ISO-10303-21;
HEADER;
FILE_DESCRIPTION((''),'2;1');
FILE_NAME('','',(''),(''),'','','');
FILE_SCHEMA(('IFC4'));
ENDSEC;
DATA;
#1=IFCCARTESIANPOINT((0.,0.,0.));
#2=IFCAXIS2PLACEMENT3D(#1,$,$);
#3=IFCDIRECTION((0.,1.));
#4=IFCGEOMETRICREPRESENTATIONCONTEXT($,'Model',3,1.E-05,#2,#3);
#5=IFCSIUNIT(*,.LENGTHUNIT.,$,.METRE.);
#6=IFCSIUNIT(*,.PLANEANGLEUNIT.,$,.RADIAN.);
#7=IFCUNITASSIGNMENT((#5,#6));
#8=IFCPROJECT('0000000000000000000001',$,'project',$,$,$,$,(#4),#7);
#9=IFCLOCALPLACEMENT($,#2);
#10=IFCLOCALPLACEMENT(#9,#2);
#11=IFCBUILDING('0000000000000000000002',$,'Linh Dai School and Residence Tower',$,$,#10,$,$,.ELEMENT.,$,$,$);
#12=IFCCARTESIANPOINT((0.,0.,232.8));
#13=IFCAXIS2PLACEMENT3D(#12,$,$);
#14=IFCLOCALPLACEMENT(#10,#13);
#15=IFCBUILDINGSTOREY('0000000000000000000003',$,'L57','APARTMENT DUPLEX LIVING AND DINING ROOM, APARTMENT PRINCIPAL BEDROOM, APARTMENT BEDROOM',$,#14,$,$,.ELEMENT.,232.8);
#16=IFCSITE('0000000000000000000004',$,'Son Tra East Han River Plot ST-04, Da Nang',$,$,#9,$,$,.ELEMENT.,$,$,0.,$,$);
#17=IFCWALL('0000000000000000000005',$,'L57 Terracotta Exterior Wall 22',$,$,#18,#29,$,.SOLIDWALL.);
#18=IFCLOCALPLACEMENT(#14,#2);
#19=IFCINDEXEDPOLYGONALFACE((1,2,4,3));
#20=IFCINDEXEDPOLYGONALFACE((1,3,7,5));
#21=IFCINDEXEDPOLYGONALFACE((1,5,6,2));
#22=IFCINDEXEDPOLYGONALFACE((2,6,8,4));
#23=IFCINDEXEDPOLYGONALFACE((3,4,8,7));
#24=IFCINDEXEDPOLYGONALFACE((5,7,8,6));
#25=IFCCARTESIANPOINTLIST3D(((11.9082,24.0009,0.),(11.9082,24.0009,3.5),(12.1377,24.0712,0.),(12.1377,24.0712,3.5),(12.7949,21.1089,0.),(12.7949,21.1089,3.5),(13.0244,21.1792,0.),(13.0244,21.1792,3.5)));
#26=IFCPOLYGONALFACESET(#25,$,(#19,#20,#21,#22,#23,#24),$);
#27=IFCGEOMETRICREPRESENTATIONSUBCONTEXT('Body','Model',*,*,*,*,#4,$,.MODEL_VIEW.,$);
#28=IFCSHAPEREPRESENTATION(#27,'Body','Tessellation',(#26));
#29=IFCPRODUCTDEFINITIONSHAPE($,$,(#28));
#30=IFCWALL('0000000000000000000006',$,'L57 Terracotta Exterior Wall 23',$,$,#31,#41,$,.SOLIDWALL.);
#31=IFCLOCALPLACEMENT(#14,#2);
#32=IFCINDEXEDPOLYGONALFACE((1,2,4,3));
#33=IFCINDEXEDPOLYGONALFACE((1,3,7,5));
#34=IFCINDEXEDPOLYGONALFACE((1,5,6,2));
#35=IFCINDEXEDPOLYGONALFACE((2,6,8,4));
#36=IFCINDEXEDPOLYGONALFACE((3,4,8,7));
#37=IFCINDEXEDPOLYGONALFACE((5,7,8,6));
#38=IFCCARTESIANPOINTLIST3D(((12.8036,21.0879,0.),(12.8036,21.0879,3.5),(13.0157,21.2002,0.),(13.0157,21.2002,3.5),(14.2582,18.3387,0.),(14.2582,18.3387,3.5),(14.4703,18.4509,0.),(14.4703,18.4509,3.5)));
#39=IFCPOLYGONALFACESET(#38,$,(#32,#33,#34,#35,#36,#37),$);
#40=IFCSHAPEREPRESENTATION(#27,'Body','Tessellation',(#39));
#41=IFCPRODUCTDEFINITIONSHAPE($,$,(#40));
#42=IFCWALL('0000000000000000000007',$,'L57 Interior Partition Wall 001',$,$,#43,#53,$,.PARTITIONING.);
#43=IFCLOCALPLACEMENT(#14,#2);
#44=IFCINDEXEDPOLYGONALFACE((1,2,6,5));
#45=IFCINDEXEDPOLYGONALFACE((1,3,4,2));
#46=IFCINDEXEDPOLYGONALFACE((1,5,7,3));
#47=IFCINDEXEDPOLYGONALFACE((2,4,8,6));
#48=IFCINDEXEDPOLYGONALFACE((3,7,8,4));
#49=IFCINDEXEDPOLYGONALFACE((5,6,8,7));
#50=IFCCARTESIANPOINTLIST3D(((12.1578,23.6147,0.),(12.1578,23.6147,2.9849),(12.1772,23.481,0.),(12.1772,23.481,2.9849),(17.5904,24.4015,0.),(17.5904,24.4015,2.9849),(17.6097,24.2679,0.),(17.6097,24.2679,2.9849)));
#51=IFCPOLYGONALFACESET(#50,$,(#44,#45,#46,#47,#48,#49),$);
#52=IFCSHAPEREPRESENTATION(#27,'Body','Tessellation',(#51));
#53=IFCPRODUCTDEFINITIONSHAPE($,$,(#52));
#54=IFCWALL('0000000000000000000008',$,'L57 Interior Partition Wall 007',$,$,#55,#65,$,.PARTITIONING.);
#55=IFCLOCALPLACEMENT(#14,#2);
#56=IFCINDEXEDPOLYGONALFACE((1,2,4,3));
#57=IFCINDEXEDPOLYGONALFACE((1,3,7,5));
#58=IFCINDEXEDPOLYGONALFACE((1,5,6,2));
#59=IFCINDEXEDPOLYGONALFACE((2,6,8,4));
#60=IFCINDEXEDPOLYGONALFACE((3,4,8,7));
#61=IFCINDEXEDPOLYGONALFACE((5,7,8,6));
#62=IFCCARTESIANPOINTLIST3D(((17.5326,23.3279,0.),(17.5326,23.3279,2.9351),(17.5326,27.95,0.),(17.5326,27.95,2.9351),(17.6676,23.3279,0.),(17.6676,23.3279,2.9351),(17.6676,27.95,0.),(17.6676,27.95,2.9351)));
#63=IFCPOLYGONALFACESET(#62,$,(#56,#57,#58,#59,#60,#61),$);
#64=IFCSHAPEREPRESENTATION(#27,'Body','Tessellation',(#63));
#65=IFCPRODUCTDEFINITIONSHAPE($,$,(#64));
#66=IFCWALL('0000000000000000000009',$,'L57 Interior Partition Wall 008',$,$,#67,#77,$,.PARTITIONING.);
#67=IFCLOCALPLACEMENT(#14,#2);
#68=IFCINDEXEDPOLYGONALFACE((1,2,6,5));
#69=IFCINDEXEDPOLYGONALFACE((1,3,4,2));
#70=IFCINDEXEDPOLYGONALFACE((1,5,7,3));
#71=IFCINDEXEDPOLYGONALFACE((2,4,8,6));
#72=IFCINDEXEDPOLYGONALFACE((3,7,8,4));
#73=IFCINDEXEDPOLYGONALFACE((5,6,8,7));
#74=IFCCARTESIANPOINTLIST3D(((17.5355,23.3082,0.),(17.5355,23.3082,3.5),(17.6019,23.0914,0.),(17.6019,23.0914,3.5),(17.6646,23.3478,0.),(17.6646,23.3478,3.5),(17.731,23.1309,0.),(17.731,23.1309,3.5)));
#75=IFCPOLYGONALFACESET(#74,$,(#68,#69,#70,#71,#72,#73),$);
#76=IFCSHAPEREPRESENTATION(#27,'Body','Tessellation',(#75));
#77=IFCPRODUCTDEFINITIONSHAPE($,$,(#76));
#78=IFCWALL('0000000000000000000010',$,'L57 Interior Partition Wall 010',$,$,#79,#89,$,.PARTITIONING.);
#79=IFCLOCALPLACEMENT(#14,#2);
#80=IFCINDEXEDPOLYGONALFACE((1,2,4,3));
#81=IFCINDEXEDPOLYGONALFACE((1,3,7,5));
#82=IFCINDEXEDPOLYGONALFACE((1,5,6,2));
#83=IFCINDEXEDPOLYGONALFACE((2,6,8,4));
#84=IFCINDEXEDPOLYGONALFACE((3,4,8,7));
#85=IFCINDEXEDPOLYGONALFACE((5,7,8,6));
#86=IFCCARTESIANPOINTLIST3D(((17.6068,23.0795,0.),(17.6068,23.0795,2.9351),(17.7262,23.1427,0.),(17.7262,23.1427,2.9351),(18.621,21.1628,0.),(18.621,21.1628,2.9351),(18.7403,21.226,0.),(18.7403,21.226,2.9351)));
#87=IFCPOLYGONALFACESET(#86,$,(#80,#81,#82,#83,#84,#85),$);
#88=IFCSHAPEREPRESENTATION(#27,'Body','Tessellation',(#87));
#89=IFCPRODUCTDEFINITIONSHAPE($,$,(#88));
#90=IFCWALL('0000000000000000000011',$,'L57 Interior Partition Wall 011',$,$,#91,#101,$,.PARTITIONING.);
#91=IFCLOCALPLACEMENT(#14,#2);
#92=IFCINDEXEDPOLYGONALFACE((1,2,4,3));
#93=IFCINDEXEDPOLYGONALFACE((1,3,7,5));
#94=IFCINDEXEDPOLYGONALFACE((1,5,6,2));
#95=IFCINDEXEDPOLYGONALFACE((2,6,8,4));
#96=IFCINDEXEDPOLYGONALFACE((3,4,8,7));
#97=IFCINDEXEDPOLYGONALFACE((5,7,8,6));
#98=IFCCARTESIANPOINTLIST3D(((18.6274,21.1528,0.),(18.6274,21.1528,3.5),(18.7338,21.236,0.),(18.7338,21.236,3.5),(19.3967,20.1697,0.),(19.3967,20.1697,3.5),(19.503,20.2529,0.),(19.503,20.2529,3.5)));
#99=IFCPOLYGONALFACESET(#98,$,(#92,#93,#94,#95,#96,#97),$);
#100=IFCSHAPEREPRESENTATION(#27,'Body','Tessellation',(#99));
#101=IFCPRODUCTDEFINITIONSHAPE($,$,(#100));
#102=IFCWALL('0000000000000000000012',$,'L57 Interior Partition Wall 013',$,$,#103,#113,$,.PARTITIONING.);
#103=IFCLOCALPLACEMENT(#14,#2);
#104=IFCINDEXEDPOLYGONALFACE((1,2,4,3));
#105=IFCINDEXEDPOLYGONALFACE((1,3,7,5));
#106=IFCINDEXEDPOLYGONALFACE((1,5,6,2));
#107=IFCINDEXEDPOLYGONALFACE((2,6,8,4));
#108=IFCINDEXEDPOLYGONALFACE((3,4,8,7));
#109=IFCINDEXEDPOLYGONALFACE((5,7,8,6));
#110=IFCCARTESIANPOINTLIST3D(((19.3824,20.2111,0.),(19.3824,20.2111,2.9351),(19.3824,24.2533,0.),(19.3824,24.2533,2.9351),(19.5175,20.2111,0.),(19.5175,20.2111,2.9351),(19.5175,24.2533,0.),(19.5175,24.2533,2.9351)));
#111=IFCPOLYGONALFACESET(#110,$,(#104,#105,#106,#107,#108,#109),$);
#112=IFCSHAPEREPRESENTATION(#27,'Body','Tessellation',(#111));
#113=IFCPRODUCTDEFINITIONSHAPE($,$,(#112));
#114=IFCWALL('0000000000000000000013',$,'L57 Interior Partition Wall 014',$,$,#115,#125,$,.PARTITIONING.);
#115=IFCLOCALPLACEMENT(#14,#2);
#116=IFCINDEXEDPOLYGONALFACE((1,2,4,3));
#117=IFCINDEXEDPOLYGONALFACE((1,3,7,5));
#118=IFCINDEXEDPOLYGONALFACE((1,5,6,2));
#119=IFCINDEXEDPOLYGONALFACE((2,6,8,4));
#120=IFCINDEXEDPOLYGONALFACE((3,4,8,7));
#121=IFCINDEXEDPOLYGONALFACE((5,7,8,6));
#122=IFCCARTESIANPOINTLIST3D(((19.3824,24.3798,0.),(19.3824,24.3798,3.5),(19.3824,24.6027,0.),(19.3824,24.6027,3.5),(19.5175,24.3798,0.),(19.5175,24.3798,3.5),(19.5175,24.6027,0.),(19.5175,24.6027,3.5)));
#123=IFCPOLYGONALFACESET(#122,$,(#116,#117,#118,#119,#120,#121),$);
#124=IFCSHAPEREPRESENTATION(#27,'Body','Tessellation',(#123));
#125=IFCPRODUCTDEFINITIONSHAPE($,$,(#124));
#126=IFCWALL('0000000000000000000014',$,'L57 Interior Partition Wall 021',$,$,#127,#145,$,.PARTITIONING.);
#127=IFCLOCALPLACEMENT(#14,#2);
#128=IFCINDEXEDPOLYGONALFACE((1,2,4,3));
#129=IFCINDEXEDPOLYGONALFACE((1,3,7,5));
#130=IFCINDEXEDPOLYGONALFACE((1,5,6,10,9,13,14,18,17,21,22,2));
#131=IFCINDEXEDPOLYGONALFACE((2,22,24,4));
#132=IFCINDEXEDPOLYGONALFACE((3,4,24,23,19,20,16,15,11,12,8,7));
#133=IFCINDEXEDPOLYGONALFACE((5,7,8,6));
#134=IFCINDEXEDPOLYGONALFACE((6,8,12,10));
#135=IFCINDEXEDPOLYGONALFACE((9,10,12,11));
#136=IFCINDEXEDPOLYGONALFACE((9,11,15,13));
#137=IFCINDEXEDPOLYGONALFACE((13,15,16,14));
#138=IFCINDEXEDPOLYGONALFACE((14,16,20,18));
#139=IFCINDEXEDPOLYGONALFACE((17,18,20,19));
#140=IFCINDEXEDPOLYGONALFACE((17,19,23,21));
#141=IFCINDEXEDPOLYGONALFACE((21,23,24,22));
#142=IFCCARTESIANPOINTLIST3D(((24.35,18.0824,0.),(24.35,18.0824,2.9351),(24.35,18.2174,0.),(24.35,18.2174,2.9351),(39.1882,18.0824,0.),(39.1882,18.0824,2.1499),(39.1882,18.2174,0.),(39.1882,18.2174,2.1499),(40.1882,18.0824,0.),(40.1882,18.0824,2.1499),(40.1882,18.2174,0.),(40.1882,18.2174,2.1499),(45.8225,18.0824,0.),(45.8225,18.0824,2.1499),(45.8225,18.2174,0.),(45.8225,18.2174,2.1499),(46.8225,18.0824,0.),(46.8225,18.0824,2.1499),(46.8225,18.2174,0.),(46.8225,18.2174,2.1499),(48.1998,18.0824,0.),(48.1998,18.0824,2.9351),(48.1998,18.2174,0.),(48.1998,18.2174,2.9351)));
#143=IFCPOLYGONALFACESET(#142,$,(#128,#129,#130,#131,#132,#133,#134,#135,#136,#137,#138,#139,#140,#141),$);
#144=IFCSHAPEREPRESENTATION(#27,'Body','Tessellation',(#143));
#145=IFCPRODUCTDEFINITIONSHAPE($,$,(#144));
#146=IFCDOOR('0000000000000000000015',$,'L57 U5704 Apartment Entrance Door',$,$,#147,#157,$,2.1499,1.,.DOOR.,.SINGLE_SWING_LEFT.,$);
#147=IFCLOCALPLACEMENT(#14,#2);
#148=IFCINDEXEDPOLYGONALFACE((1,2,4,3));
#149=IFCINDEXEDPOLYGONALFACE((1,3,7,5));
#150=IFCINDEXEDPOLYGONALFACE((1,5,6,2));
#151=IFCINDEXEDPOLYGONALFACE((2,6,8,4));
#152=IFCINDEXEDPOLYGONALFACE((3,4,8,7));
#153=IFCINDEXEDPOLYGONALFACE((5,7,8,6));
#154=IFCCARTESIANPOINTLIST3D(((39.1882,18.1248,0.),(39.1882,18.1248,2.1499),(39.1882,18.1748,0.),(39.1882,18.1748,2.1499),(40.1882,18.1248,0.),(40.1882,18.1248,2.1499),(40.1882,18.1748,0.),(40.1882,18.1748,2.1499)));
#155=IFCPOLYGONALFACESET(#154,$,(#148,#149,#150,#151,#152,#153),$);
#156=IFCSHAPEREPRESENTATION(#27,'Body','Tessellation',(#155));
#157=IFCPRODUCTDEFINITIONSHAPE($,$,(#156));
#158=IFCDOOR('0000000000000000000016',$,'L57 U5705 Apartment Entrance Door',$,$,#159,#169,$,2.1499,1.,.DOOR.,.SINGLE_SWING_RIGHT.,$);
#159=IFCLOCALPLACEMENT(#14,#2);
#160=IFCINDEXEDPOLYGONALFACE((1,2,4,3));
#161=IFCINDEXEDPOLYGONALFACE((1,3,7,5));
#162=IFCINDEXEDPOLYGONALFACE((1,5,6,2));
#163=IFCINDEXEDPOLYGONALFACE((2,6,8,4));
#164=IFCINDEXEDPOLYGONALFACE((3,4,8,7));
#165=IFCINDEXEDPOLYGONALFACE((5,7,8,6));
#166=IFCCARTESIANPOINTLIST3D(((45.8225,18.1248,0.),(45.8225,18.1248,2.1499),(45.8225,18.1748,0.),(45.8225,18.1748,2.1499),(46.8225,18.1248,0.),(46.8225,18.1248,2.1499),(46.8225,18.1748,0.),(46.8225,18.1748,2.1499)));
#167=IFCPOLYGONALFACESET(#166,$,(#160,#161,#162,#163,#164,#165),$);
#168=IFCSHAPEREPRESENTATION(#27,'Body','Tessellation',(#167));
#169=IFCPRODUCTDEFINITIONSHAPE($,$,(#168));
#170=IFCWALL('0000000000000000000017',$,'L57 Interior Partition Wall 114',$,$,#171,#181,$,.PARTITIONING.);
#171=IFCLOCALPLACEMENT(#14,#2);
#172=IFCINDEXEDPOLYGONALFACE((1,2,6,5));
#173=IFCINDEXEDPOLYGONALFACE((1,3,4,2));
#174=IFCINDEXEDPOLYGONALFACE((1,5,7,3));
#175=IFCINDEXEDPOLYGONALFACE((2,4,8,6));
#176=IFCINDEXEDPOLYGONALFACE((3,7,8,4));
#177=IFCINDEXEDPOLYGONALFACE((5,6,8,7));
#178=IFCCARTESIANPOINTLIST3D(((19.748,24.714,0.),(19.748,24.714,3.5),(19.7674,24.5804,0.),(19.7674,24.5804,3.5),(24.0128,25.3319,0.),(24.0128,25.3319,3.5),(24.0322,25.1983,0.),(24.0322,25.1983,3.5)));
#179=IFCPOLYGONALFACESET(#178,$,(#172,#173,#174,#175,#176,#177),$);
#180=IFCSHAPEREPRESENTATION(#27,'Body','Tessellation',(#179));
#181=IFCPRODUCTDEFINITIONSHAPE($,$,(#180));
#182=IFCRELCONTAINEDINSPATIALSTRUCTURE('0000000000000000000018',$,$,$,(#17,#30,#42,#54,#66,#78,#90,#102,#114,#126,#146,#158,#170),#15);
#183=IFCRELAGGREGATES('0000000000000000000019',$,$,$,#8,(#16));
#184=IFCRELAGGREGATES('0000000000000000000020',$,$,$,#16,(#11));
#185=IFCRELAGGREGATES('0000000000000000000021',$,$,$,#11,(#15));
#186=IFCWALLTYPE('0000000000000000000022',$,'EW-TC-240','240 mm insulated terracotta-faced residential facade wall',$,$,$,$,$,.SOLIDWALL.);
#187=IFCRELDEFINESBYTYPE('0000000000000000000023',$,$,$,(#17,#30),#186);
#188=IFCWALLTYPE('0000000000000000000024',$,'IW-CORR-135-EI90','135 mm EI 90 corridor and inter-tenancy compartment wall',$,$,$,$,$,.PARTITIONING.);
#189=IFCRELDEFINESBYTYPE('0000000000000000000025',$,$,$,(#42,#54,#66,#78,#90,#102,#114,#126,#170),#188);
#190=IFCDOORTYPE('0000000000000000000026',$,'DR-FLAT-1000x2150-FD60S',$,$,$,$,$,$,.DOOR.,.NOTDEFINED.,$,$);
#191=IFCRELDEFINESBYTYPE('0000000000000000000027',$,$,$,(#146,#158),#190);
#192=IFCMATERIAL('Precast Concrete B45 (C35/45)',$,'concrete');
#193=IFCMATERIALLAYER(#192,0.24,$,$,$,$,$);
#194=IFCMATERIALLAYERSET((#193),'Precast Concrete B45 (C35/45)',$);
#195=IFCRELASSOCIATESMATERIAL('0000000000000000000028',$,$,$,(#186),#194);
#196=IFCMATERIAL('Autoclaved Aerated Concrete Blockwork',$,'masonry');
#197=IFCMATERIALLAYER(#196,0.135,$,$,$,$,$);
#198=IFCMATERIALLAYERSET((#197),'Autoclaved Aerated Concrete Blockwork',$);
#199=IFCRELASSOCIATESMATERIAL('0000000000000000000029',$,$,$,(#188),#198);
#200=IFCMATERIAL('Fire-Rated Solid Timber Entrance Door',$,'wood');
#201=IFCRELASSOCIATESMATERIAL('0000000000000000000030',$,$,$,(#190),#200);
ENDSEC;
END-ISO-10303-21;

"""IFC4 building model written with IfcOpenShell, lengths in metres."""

from ifc_helpers import new_model, si_unit, direction, frame, frame_2d, origin, origin_2d, place, context, subcontext, project, spatial, rectangle, extrude, source, transform, mapped, material, layer, layer_set, type_object, element, fill, save


model = new_model("IFC4")

# Units and contexts
model_context = context("Model", 3, precision=1e-05, world=origin(), true_north=direction((0.0, 1.0)))
body_context = subcontext(model_context, "Body", "Model", "MODEL_VIEW")
ifc_project = project(units=[si_unit("LENGTHUNIT", "METRE"), si_unit("PLANEANGLEUNIT", "RADIAN")], contexts=[model_context])

# Site, building, storey
site_placement = place(None, origin())
site = spatial("IfcSite", under=ifc_project, at=site_placement, Name="Son Tra East Han River Plot ST-04, Da Nang", CompositionType="ELEMENT", RefElevation=0.0)
building_placement = place(site_placement, origin())
building = spatial("IfcBuilding", under=site, at=building_placement, Name="Linh Dai School and Residence Tower", CompositionType="ELEMENT")
storey_placement = place(building_placement, frame((0.0, 0.0, 232.8)))
storey = spatial("IfcBuildingStorey", under=building, at=storey_placement, Name="L57", Description="APARTMENT DUPLEX LIVING AND DINING ROOM, APARTMENT PRINCIPAL BEDROOM, APARTMENT BEDROOM", CompositionType="ELEMENT", Elevation=232.8)

# Shared definitions
ifc_material_1 = material(Name="Precast Concrete B45 (C35/45)", Category="concrete")

# Walls
ifc_layer_1 = layer(ifc_material_1, 0.24)
ifc_layer_set_1 = layer_set([ifc_layer_1], Name="Precast Concrete B45 (C35/45)")
wall_type_1 = type_object("IfcWallType", Name="EW-TC-240", Description="240 mm insulated terracotta-faced residential facade wall", PredefinedType="SOLIDWALL", material=ifc_layer_set_1)
wall_1_placement = place(storey_placement, frame((12.9097, 21.144, 0.0), z_axis=(0.0, 0.0, 1.0), x_axis=(-0.293133, 0.956072, 0.0)))
element("IfcWall", 1, at=wall_1_placement, inside=storey, type_object=wall_type_1, Name="L57 Terracotta Exterior Wall 22", PredefinedType="SOLIDWALL", context=body_context, shape_type="SweptSolid", body=[
    extrude(rectangle(XDim=3.0249, YDim=0.24, at=frame_2d((1.5125, 0.0))), origin(), (0.0, 0.0, 1.0), 3.5),
])
wall_2_placement = place(storey_placement, frame((14.3643, 18.3948, 0.0), z_axis=(0.0, 0.0, 1.0), x_axis=(-0.46766, 0.883908, 0.0)))
element("IfcWall", 2, at=wall_2_placement, inside=storey, type_object=wall_type_1, Name="L57 Terracotta Exterior Wall 23", PredefinedType="SOLIDWALL", context=body_context, shape_type="SweptSolid", body=[
    extrude(rectangle(XDim=3.1104, YDim=0.24, at=frame_2d((1.5552, 0.0))), origin(), (0.0, 0.0, 1.0), 3.5),
])
ifc_material_2 = material(Name="Autoclaved Aerated Concrete Blockwork", Category="masonry")
ifc_layer_2 = layer(ifc_material_2, 0.135)
ifc_layer_set_2 = layer_set([ifc_layer_2], Name="Autoclaved Aerated Concrete Blockwork")
wall_type_2 = type_object("IfcWallType", Name="IW-CORR-135-EI90", Description="135 mm EI 90 corridor and inter-tenancy compartment wall", PredefinedType="PARTITIONING", material=ifc_layer_set_2)
wall_3_placement = place(storey_placement, frame((12.1675, 23.5479, 0.0), z_axis=(0.0, 0.0, 1.0), x_axis=(0.989673, 0.143345, 0.0)))
element("IfcWall", 3, at=wall_3_placement, inside=storey, type_object=wall_type_2, Name="L57 Interior Partition Wall 001", PredefinedType="PARTITIONING", context=body_context, shape_type="SweptSolid", body=[
    extrude(rectangle(XDim=5.4893, YDim=0.135, at=frame_2d((2.7446, 0.0))), origin(), (0.0, 0.0, 1.0), 2.9849),
])
wall_4_placement = place(storey_placement, frame((17.6001, 23.3279, 0.0), z_axis=(0.0, 0.0, 1.0), x_axis=(0.0, 1.0, 0.0)))
element("IfcWall", 4, at=wall_4_placement, inside=storey, type_object=wall_type_2, Name="L57 Interior Partition Wall 007", PredefinedType="PARTITIONING", context=body_context, shape_type="SweptSolid", body=[
    extrude(rectangle(XDim=4.6221, YDim=0.135, at=frame_2d((2.311, 0.0))), origin(), (0.0, 0.0, 1.0), 2.9351),
])
wall_5_placement = place(storey_placement, frame((17.6001, 23.3279, 0.0), z_axis=(0.0, 0.0, 1.0), x_axis=(0.292875, -0.956151, 0.0)))
element("IfcWall", 5, at=wall_5_placement, inside=storey, type_object=wall_type_2, Name="L57 Interior Partition Wall 008", PredefinedType="PARTITIONING", context=body_context, shape_type="SweptSolid", body=[
    extrude(rectangle(XDim=0.2268, YDim=0.135, at=frame_2d((0.1133, 0.0))), origin(), (0.0, 0.0, 1.0), 3.5),
])
wall_6_placement = place(storey_placement, frame((17.6665, 23.1111, 0.0), z_axis=(0.0, 0.0, 1.0), x_axis=(0.467676, -0.8839, 0.0)))
element("IfcWall", 6, at=wall_6_placement, inside=storey, type_object=wall_type_2, Name="L57 Interior Partition Wall 010", PredefinedType="PARTITIONING", context=body_context, shape_type="SweptSolid", body=[
    extrude(rectangle(XDim=2.1685, YDim=0.135, at=frame_2d((1.0842, 0.0))), origin(), (0.0, 0.0, 1.0), 2.9351),
])
wall_7_placement = place(storey_placement, frame((18.6807, 21.1943, 0.0), z_axis=(0.0, 0.0, 1.0), x_axis=(0.61624, -0.787559, 0.0)))
element("IfcWall", 7, at=wall_7_placement, inside=storey, type_object=wall_type_2, Name="L57 Interior Partition Wall 011", PredefinedType="PARTITIONING", context=body_context, shape_type="SweptSolid", body=[
    extrude(rectangle(XDim=1.2483, YDim=0.135, at=frame_2d((0.624, 0.0))), origin(), (0.0, 0.0, 1.0), 3.5),
])
wall_8_placement = place(storey_placement, frame((19.45, 20.2112, 0.0), z_axis=(0.0, 0.0, 1.0), x_axis=(0.0, 1.0, 0.0)))
element("IfcWall", 8, at=wall_8_placement, inside=storey, type_object=wall_type_2, Name="L57 Interior Partition Wall 013", PredefinedType="PARTITIONING", context=body_context, shape_type="SweptSolid", body=[
    extrude(rectangle(XDim=4.0422, YDim=0.135, at=frame_2d((2.021, 0.0))), origin(), (0.0, 0.0, 1.0), 2.9351),
])
wall_9_placement = place(storey_placement, frame((19.45, 24.3799, 0.0), z_axis=(0.0, 0.0, 1.0), x_axis=(0.0, 1.0, 0.0)))
element("IfcWall", 9, at=wall_9_placement, inside=storey, type_object=wall_type_2, Name="L57 Interior Partition Wall 014", PredefinedType="PARTITIONING", context=body_context, shape_type="SweptSolid", body=[
    extrude(rectangle(XDim=0.2229, YDim=0.135, at=frame_2d((0.1113, 0.0))), origin(), (0.0, 0.0, 1.0), 3.5),
])

# Wall, openings, doors
wall_10_placement = place(storey_placement, frame((24.3501, 18.1499, 0.0), z_axis=(0.0, 0.0, 1.0), x_axis=(1.0, 0.0, 0.0)))
wall_10 = element("IfcWall", 10, at=wall_10_placement, inside=storey, type_object=wall_type_2, Name="L57 Interior Partition Wall 021", PredefinedType="PARTITIONING", context=body_context, shape_type="SweptSolid", body=[
    extrude(rectangle(XDim=23.8499, YDim=0.135, at=frame_2d((11.9248, 0.0))), origin(), (0.0, 0.0, 1.0), 2.9351),
])
opening_1_placement = place(wall_10_placement, frame((14.8381, 0.0, 0.0)))
opening_1 = element("IfcOpeningElement", 11, at=opening_1_placement, cuts=wall_10, PredefinedType="OPENING", context=body_context, shape_type="SweptSolid", body=[
    extrude(rectangle(XDim=1.0, YDim=2.1499, at=origin_2d()), frame((0.5, 0.0776, 1.075), z_axis=(0.0, -1.0, 0.0), x_axis=(1.0, 0.0, 0.0)), (0.0, 0.0, 1.0), 0.155),
])
opening_2_placement = place(wall_10_placement, frame((21.4724, 0.0, 0.0)))
opening_2 = element("IfcOpeningElement", 12, at=opening_2_placement, cuts=wall_10, PredefinedType="OPENING", context=body_context, shape_type="SweptSolid", body=[
    extrude(rectangle(XDim=1.0, YDim=2.1499, at=origin_2d()), frame((0.5, 0.0776, 1.075), z_axis=(0.0, -1.0, 0.0), x_axis=(1.0, 0.0, 0.0)), (0.0, 0.0, 1.0), 0.155),
])
ifc_material_3 = material(Name="Fire-Rated Solid Timber Entrance Door", Category="wood")
door_type_1 = type_object("IfcDoorType", Name="DR-FLAT-1000x2150-FD60S", OperationType="NOTDEFINED", PredefinedType="DOOR", material=ifc_material_3)
shared_shape_1 = source(origin(), body_context, "Body", "SweptSolid", [
    extrude(rectangle(XDim=1.0, YDim=2.1499, at=origin_2d()), frame((0.5, 0.0249, 1.075), z_axis=(0.0, -1.0, 0.0), x_axis=(1.0, 0.0, 0.0)), (0.0, 0.0, 1.0), 0.05),
])
door_1_placement = place(opening_1_placement, origin())
door_1 = element("IfcDoor", 13, at=door_1_placement, inside=storey, type_object=door_type_1, Name="L57 U5704 Apartment Entrance Door", OperationType="SINGLE_SWING_LEFT", OverallHeight=2.1499, OverallWidth=1.0, PredefinedType="DOOR", context=body_context, shape_type="MappedRepresentation", body=[
    mapped(shared_shape_1, transform((0.0, 0.0, 0.0), x_axis=(1.0, 0.0, 0.0), y_axis=(0.0, 1.0, 0.0), z_axis=(0.0, 0.0, 1.0), scale=1.0)),
])
fill(opening_1, door_1)
door_2_placement = place(opening_2_placement, origin())
door_2 = element("IfcDoor", 14, at=door_2_placement, inside=storey, type_object=door_type_1, Name="L57 U5705 Apartment Entrance Door", OperationType="SINGLE_SWING_RIGHT", OverallHeight=2.1499, OverallWidth=1.0, PredefinedType="DOOR", context=body_context, shape_type="MappedRepresentation", body=[
    mapped(shared_shape_1, transform((0.0, 0.0, 0.0), x_axis=(1.0, 0.0, 0.0), y_axis=(0.0, 1.0, 0.0), z_axis=(0.0, 0.0, 1.0), scale=1.0)),
])
fill(opening_2, door_2)

# Wall
wall_11_placement = place(storey_placement, frame((19.7576, 24.6472, 0.0), z_axis=(0.0, 0.0, 1.0), x_axis=(0.989667, 0.143388, 0.0)))
element("IfcWall", 15, at=wall_11_placement, inside=storey, type_object=wall_type_2, Name="L57 Interior Partition Wall 114", PredefinedType="PARTITIONING", context=body_context, shape_type="SweptSolid", body=[
    extrude(rectangle(XDim=4.3093, YDim=0.135, at=frame_2d((2.1548, 0.0))), origin(), (0.0, 0.0, 1.0), 3.5),
])

save(model, "model.ifc")
